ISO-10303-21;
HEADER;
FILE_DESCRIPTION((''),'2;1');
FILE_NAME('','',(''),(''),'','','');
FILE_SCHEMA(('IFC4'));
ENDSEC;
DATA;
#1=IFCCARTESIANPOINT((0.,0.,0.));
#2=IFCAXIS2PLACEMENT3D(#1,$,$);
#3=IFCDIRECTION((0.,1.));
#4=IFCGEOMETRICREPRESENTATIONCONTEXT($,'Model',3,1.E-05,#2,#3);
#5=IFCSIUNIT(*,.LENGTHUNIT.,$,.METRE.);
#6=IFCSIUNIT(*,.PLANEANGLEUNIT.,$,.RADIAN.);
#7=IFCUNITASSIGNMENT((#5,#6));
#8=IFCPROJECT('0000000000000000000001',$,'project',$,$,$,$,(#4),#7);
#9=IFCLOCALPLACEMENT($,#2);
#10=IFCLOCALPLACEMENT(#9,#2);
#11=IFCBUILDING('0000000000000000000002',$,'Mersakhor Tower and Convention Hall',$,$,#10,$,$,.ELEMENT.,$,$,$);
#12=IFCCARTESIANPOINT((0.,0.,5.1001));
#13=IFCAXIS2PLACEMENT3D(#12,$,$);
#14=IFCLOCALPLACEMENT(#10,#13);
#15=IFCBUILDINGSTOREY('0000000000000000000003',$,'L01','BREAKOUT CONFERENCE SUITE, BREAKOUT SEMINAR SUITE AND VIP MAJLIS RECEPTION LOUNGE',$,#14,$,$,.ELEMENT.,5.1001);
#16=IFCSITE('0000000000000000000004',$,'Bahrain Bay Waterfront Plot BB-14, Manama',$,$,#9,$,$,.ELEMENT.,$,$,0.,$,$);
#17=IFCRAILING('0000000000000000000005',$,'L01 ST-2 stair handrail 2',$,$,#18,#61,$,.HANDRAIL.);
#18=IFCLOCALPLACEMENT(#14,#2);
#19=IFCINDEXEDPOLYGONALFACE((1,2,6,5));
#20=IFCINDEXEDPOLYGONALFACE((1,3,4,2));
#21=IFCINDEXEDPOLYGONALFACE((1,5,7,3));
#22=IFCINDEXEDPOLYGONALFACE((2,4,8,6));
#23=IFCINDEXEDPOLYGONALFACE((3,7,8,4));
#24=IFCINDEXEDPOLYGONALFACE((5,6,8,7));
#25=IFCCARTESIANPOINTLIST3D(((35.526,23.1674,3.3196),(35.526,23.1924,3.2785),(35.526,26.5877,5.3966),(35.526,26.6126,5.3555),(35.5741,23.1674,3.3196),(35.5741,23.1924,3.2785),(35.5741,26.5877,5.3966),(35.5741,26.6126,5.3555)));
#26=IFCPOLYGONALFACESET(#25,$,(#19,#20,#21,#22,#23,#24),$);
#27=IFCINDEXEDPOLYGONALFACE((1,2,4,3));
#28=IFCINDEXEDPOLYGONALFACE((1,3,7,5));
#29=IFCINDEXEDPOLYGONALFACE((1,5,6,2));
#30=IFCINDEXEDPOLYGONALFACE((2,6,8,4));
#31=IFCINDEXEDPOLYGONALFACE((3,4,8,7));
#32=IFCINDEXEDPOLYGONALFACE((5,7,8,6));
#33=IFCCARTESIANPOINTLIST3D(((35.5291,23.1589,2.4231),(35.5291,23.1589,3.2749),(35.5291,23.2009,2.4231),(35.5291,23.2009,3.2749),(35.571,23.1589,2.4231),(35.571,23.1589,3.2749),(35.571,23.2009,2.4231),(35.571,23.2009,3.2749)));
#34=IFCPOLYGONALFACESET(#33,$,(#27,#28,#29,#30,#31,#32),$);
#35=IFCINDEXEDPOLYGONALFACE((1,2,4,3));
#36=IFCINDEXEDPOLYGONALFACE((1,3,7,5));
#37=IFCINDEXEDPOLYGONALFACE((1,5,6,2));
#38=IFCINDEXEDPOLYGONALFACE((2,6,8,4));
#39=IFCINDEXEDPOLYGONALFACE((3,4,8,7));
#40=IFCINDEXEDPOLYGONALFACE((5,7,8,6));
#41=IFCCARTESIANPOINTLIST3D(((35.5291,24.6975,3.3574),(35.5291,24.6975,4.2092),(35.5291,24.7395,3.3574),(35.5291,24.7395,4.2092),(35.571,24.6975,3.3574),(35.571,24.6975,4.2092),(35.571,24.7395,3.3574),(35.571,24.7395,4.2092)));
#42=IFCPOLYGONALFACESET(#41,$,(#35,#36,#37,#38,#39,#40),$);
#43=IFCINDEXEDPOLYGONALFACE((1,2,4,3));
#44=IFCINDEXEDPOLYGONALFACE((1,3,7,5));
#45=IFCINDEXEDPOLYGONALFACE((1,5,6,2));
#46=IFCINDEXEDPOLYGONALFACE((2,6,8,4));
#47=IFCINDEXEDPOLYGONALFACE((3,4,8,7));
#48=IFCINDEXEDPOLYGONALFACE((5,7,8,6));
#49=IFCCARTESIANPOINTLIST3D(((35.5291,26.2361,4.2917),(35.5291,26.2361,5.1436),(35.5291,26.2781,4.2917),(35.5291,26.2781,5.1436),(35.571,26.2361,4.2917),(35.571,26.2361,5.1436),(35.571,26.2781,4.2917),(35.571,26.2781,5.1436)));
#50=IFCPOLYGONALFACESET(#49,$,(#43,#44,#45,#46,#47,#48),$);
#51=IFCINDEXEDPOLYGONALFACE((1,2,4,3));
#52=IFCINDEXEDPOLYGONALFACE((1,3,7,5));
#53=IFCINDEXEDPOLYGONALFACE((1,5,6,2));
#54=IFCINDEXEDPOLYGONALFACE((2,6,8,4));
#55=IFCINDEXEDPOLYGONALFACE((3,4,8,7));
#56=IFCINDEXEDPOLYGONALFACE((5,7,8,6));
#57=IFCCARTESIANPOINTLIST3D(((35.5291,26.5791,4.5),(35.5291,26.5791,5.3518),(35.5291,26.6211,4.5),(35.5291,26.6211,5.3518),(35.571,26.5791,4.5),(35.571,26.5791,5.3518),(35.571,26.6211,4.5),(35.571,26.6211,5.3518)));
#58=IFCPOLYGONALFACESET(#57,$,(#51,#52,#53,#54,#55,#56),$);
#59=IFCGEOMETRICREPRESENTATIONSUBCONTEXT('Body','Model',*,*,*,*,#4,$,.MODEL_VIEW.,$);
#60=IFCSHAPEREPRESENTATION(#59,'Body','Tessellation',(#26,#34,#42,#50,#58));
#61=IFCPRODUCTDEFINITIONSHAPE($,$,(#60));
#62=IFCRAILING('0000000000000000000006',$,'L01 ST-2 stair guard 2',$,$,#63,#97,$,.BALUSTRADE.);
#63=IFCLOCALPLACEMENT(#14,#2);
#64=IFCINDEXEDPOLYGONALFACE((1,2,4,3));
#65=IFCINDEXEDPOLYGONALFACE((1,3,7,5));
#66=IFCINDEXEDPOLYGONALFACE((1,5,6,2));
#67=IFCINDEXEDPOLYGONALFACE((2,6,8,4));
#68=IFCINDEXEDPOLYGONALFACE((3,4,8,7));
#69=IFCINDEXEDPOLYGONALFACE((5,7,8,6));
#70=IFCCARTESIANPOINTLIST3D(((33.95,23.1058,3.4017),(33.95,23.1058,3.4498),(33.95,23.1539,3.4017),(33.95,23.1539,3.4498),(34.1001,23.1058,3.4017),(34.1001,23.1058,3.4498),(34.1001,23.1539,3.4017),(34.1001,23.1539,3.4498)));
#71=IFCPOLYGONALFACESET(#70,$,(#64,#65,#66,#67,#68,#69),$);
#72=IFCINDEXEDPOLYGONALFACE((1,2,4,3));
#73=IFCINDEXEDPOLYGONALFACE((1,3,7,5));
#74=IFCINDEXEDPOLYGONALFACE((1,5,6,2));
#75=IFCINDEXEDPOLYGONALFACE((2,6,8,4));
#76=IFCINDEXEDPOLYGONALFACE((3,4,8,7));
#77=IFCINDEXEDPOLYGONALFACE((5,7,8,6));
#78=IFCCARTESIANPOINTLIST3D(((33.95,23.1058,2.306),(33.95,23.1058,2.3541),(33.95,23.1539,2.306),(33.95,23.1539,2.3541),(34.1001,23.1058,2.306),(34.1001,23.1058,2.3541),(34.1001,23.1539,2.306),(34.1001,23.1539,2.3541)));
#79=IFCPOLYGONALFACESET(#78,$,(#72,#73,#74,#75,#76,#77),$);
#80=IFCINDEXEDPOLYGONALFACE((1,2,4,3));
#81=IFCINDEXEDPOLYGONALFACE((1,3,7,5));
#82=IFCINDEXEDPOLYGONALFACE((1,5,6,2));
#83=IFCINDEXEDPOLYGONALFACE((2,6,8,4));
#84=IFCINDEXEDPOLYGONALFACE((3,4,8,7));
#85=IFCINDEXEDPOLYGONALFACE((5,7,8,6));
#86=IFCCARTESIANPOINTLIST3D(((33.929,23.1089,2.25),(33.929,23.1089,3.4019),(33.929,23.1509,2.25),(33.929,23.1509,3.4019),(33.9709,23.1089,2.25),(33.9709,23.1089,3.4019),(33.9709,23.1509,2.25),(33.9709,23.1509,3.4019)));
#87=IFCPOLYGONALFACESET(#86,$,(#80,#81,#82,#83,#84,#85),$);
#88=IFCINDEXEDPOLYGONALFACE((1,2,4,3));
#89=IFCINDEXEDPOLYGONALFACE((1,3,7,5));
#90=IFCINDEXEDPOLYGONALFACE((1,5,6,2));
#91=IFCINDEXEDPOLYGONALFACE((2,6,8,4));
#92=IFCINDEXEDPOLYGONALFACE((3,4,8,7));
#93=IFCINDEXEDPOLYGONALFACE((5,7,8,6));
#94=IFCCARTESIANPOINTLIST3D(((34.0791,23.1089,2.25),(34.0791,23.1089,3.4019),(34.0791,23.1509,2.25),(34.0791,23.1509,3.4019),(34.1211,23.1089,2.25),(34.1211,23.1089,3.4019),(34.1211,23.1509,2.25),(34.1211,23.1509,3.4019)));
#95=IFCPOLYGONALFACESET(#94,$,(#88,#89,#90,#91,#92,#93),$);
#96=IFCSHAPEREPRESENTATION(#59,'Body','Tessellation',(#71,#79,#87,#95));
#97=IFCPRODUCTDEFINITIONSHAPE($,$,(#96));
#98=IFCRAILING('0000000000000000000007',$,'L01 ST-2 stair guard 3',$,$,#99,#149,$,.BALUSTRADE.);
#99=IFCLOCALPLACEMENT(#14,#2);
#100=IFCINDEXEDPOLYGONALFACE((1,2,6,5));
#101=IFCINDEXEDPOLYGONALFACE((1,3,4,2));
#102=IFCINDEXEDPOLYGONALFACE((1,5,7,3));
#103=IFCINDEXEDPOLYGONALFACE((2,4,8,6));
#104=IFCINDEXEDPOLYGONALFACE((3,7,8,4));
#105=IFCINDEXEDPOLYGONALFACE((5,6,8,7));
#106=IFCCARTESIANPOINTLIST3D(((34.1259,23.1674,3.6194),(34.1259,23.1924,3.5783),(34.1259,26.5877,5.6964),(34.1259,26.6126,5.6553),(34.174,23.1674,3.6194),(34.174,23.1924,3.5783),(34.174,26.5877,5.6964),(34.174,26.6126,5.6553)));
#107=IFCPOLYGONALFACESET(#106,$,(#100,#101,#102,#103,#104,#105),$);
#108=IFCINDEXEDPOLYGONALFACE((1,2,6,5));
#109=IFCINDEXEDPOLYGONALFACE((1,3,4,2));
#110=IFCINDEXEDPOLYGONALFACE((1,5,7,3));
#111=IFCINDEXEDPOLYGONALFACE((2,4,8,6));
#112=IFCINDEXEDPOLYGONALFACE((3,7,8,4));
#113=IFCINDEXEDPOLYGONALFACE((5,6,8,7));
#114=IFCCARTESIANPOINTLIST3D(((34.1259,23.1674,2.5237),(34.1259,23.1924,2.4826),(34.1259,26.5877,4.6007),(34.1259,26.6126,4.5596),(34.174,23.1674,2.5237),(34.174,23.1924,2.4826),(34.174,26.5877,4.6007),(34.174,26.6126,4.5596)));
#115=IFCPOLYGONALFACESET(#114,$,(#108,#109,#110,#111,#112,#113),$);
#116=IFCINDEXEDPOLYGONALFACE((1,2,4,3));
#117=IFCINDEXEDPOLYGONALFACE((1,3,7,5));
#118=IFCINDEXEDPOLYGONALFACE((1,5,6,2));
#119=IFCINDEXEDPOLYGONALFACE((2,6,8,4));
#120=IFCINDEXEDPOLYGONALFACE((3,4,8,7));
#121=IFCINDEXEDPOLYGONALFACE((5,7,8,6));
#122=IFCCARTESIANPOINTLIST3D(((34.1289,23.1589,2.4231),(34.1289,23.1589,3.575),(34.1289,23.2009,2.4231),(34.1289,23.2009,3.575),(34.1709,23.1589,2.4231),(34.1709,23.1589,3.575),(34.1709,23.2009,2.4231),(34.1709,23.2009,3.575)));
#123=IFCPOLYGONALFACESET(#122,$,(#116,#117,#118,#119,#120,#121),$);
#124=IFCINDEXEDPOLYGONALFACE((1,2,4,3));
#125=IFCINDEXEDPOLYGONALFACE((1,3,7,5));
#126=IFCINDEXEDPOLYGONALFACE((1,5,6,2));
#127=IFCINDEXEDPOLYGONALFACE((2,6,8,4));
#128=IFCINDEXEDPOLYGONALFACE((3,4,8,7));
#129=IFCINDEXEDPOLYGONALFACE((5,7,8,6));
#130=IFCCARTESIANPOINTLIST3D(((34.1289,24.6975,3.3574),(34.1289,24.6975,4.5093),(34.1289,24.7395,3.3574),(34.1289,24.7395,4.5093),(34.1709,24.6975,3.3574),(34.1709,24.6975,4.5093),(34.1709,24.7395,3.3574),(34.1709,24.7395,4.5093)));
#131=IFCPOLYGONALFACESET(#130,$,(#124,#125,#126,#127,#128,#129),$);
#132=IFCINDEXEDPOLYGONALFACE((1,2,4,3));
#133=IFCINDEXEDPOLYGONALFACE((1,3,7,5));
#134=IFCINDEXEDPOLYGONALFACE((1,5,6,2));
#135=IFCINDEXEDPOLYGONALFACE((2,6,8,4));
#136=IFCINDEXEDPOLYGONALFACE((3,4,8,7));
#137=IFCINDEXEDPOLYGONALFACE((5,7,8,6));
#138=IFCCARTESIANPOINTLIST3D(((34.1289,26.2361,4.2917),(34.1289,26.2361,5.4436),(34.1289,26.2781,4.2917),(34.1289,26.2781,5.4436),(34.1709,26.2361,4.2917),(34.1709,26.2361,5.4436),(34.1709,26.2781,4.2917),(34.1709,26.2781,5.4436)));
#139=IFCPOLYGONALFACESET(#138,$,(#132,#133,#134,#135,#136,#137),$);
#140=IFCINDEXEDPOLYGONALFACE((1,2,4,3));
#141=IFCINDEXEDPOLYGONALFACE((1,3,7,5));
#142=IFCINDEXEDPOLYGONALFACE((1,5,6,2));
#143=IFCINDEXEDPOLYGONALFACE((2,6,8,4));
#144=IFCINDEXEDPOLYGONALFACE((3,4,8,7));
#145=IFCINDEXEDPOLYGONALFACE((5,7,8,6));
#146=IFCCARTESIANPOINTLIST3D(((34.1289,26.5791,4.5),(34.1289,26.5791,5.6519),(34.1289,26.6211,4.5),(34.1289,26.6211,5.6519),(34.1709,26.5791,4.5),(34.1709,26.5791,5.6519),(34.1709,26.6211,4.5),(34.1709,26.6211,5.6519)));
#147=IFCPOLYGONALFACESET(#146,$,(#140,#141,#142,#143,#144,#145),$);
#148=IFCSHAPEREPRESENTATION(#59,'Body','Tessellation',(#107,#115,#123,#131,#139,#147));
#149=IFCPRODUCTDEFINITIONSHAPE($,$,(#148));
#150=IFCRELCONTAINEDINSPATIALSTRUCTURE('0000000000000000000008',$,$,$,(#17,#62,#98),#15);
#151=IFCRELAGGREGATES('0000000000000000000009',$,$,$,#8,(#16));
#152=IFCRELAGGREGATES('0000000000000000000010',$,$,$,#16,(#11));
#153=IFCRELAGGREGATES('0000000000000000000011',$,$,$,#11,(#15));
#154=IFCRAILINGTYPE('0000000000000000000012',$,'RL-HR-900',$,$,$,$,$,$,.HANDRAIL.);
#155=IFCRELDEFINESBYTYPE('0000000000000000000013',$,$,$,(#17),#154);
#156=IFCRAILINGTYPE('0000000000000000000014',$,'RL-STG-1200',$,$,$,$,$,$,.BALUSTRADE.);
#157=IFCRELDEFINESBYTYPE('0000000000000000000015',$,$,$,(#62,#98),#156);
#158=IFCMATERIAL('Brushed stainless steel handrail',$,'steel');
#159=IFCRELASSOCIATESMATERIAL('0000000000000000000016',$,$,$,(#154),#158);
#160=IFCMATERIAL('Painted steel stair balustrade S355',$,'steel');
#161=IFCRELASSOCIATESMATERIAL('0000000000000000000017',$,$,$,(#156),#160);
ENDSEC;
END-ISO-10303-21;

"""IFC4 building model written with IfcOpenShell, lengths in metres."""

from ifc_helpers import new_model, si_unit, direction, frame, origin, origin_2d, place, context, subcontext, project, spatial, rectangle, extrude, material, type_object, element, save


model = new_model("IFC4")

# Units and contexts
model_context = context("Model", 3, precision=1e-05, world=origin(), true_north=direction((0.0, 1.0)))
body_context = subcontext(model_context, "Body", "Model", "MODEL_VIEW")
ifc_project = project(units=[si_unit("LENGTHUNIT", "METRE"), si_unit("PLANEANGLEUNIT", "RADIAN")], contexts=[model_context])

# Site, building, storey
site_placement = place(None, origin())
site = spatial("IfcSite", under=ifc_project, at=site_placement, Name="Bahrain Bay Waterfront Plot BB-14, Manama", CompositionType="ELEMENT", RefElevation=0.0)
building_placement = place(site_placement, origin())
building = spatial("IfcBuilding", under=site, at=building_placement, Name="Mersakhor Tower and Convention Hall", CompositionType="ELEMENT")
storey_placement = place(building_placement, frame((0.0, 0.0, 5.1001)))
storey = spatial("IfcBuildingStorey", under=building, at=storey_placement, Name="L01", Description="BREAKOUT CONFERENCE SUITE, BREAKOUT SEMINAR SUITE AND VIP MAJLIS RECEPTION LOUNGE", CompositionType="ELEMENT", Elevation=5.1001)

# Railings
ifc_material_1 = material(Name="Brushed stainless steel handrail", Category="steel")
railing_type_1 = type_object("IfcRailingType", Name="RL-HR-900", PredefinedType="HANDRAIL", material=ifc_material_1)
railing_1_placement = place(storey_placement, frame((35.55, 23.1799, 2.4231)))
element("IfcRailing", 1, at=railing_1_placement, inside=storey, type_object=railing_type_1, Name="L01 ST-2 stair handrail 2", PredefinedType="HANDRAIL", context=body_context, shape_type="SweptSolid", body=[
    extrude(rectangle(XDim=0.0481, YDim=0.0481, at=origin_2d()), frame((0.0, 0.0, 0.876), z_axis=(0.0, 0.854746, 0.519047), x_axis=(-1.0, 0.0, 0.0)), (0.0, 0.0, 1.0), 4.0015),
    extrude(rectangle(XDim=0.042, YDim=0.042, at=origin_2d()), origin(), (0.0, 0.0, 1.0), 0.8518),
    extrude(rectangle(XDim=0.042, YDim=0.042, at=origin_2d()), frame((0.0, 1.5386, 0.9343)), (0.0, 0.0, 1.0), 0.8518),
    extrude(rectangle(XDim=0.042, YDim=0.042, at=origin_2d()), frame((0.0, 3.0771, 1.8687)), (0.0, 0.0, 1.0), 0.8518),
    extrude(rectangle(XDim=0.042, YDim=0.042, at=origin_2d()), frame((0.0, 3.4202, 2.0769)), (0.0, 0.0, 1.0), 0.8518),
])
ifc_material_2 = material(Name="Painted steel stair balustrade S355", Category="steel")
railing_type_2 = type_object("IfcRailingType", Name="RL-STG-1200", PredefinedType="BALUSTRADE", material=ifc_material_2)
railing_2_placement = place(storey_placement, frame((33.95, 23.1299, 2.25)))
element("IfcRailing", 2, at=railing_2_placement, inside=storey, type_object=railing_type_2, Name="L01 ST-2 stair guard 2", PredefinedType="BALUSTRADE", context=body_context, shape_type="SweptSolid", body=[
    extrude(rectangle(XDim=0.0481, YDim=0.0481, at=origin_2d()), frame((0.0, 0.0, 1.1758), z_axis=(1.0, 0.0, 0.0), x_axis=(0.0, 1.0, 0.0)), (0.0, 0.0, 1.0), 0.1501),
    extrude(rectangle(XDim=0.0481, YDim=0.0481, at=origin_2d()), frame((0.0, 0.0, 0.0801), z_axis=(1.0, 0.0, 0.0), x_axis=(0.0, 1.0, 0.0)), (0.0, 0.0, 1.0), 0.1501),
    extrude(rectangle(XDim=0.042, YDim=0.042, at=origin_2d()), origin(), (0.0, 0.0, 1.0), 1.1519),
    extrude(rectangle(XDim=0.042, YDim=0.042, at=origin_2d()), frame((0.1501, 0.0, 0.0)), (0.0, 0.0, 1.0), 1.1519),
])
railing_3_placement = place(storey_placement, frame((34.1499, 23.1799, 2.4231)))
element("IfcRailing", 3, at=railing_3_placement, inside=storey, type_object=railing_type_2, Name="L01 ST-2 stair guard 3", PredefinedType="BALUSTRADE", context=body_context, shape_type="SweptSolid", body=[
    extrude(rectangle(XDim=0.0481, YDim=0.0481, at=origin_2d()), frame((0.0, 0.0, 1.1758), z_axis=(0.0, 0.854746, 0.519047), x_axis=(-1.0, 0.0, 0.0)), (0.0, 0.0, 1.0), 4.0015),
    extrude(rectangle(XDim=0.0481, YDim=0.0481, at=origin_2d()), frame((0.0, 0.0, 0.0801), z_axis=(0.0, 0.854746, 0.519047), x_axis=(-1.0, 0.0, 0.0)), (0.0, 0.0, 1.0), 4.0015),
    extrude(rectangle(XDim=0.042, YDim=0.042, at=origin_2d()), origin(), (0.0, 0.0, 1.0), 1.1519),
    extrude(rectangle(XDim=0.042, YDim=0.042, at=origin_2d()), frame((0.0, 1.5386, 0.9343)), (0.0, 0.0, 1.0), 1.1519),
    extrude(rectangle(XDim=0.042, YDim=0.042, at=origin_2d()), frame((0.0, 3.0771, 1.8687)), (0.0, 0.0, 1.0), 1.1519),
    extrude(rectangle(XDim=0.042, YDim=0.042, at=origin_2d()), frame((0.0, 3.4202, 2.0769)), (0.0, 0.0, 1.0), 1.1519),
])

save(model, "model.ifc")
